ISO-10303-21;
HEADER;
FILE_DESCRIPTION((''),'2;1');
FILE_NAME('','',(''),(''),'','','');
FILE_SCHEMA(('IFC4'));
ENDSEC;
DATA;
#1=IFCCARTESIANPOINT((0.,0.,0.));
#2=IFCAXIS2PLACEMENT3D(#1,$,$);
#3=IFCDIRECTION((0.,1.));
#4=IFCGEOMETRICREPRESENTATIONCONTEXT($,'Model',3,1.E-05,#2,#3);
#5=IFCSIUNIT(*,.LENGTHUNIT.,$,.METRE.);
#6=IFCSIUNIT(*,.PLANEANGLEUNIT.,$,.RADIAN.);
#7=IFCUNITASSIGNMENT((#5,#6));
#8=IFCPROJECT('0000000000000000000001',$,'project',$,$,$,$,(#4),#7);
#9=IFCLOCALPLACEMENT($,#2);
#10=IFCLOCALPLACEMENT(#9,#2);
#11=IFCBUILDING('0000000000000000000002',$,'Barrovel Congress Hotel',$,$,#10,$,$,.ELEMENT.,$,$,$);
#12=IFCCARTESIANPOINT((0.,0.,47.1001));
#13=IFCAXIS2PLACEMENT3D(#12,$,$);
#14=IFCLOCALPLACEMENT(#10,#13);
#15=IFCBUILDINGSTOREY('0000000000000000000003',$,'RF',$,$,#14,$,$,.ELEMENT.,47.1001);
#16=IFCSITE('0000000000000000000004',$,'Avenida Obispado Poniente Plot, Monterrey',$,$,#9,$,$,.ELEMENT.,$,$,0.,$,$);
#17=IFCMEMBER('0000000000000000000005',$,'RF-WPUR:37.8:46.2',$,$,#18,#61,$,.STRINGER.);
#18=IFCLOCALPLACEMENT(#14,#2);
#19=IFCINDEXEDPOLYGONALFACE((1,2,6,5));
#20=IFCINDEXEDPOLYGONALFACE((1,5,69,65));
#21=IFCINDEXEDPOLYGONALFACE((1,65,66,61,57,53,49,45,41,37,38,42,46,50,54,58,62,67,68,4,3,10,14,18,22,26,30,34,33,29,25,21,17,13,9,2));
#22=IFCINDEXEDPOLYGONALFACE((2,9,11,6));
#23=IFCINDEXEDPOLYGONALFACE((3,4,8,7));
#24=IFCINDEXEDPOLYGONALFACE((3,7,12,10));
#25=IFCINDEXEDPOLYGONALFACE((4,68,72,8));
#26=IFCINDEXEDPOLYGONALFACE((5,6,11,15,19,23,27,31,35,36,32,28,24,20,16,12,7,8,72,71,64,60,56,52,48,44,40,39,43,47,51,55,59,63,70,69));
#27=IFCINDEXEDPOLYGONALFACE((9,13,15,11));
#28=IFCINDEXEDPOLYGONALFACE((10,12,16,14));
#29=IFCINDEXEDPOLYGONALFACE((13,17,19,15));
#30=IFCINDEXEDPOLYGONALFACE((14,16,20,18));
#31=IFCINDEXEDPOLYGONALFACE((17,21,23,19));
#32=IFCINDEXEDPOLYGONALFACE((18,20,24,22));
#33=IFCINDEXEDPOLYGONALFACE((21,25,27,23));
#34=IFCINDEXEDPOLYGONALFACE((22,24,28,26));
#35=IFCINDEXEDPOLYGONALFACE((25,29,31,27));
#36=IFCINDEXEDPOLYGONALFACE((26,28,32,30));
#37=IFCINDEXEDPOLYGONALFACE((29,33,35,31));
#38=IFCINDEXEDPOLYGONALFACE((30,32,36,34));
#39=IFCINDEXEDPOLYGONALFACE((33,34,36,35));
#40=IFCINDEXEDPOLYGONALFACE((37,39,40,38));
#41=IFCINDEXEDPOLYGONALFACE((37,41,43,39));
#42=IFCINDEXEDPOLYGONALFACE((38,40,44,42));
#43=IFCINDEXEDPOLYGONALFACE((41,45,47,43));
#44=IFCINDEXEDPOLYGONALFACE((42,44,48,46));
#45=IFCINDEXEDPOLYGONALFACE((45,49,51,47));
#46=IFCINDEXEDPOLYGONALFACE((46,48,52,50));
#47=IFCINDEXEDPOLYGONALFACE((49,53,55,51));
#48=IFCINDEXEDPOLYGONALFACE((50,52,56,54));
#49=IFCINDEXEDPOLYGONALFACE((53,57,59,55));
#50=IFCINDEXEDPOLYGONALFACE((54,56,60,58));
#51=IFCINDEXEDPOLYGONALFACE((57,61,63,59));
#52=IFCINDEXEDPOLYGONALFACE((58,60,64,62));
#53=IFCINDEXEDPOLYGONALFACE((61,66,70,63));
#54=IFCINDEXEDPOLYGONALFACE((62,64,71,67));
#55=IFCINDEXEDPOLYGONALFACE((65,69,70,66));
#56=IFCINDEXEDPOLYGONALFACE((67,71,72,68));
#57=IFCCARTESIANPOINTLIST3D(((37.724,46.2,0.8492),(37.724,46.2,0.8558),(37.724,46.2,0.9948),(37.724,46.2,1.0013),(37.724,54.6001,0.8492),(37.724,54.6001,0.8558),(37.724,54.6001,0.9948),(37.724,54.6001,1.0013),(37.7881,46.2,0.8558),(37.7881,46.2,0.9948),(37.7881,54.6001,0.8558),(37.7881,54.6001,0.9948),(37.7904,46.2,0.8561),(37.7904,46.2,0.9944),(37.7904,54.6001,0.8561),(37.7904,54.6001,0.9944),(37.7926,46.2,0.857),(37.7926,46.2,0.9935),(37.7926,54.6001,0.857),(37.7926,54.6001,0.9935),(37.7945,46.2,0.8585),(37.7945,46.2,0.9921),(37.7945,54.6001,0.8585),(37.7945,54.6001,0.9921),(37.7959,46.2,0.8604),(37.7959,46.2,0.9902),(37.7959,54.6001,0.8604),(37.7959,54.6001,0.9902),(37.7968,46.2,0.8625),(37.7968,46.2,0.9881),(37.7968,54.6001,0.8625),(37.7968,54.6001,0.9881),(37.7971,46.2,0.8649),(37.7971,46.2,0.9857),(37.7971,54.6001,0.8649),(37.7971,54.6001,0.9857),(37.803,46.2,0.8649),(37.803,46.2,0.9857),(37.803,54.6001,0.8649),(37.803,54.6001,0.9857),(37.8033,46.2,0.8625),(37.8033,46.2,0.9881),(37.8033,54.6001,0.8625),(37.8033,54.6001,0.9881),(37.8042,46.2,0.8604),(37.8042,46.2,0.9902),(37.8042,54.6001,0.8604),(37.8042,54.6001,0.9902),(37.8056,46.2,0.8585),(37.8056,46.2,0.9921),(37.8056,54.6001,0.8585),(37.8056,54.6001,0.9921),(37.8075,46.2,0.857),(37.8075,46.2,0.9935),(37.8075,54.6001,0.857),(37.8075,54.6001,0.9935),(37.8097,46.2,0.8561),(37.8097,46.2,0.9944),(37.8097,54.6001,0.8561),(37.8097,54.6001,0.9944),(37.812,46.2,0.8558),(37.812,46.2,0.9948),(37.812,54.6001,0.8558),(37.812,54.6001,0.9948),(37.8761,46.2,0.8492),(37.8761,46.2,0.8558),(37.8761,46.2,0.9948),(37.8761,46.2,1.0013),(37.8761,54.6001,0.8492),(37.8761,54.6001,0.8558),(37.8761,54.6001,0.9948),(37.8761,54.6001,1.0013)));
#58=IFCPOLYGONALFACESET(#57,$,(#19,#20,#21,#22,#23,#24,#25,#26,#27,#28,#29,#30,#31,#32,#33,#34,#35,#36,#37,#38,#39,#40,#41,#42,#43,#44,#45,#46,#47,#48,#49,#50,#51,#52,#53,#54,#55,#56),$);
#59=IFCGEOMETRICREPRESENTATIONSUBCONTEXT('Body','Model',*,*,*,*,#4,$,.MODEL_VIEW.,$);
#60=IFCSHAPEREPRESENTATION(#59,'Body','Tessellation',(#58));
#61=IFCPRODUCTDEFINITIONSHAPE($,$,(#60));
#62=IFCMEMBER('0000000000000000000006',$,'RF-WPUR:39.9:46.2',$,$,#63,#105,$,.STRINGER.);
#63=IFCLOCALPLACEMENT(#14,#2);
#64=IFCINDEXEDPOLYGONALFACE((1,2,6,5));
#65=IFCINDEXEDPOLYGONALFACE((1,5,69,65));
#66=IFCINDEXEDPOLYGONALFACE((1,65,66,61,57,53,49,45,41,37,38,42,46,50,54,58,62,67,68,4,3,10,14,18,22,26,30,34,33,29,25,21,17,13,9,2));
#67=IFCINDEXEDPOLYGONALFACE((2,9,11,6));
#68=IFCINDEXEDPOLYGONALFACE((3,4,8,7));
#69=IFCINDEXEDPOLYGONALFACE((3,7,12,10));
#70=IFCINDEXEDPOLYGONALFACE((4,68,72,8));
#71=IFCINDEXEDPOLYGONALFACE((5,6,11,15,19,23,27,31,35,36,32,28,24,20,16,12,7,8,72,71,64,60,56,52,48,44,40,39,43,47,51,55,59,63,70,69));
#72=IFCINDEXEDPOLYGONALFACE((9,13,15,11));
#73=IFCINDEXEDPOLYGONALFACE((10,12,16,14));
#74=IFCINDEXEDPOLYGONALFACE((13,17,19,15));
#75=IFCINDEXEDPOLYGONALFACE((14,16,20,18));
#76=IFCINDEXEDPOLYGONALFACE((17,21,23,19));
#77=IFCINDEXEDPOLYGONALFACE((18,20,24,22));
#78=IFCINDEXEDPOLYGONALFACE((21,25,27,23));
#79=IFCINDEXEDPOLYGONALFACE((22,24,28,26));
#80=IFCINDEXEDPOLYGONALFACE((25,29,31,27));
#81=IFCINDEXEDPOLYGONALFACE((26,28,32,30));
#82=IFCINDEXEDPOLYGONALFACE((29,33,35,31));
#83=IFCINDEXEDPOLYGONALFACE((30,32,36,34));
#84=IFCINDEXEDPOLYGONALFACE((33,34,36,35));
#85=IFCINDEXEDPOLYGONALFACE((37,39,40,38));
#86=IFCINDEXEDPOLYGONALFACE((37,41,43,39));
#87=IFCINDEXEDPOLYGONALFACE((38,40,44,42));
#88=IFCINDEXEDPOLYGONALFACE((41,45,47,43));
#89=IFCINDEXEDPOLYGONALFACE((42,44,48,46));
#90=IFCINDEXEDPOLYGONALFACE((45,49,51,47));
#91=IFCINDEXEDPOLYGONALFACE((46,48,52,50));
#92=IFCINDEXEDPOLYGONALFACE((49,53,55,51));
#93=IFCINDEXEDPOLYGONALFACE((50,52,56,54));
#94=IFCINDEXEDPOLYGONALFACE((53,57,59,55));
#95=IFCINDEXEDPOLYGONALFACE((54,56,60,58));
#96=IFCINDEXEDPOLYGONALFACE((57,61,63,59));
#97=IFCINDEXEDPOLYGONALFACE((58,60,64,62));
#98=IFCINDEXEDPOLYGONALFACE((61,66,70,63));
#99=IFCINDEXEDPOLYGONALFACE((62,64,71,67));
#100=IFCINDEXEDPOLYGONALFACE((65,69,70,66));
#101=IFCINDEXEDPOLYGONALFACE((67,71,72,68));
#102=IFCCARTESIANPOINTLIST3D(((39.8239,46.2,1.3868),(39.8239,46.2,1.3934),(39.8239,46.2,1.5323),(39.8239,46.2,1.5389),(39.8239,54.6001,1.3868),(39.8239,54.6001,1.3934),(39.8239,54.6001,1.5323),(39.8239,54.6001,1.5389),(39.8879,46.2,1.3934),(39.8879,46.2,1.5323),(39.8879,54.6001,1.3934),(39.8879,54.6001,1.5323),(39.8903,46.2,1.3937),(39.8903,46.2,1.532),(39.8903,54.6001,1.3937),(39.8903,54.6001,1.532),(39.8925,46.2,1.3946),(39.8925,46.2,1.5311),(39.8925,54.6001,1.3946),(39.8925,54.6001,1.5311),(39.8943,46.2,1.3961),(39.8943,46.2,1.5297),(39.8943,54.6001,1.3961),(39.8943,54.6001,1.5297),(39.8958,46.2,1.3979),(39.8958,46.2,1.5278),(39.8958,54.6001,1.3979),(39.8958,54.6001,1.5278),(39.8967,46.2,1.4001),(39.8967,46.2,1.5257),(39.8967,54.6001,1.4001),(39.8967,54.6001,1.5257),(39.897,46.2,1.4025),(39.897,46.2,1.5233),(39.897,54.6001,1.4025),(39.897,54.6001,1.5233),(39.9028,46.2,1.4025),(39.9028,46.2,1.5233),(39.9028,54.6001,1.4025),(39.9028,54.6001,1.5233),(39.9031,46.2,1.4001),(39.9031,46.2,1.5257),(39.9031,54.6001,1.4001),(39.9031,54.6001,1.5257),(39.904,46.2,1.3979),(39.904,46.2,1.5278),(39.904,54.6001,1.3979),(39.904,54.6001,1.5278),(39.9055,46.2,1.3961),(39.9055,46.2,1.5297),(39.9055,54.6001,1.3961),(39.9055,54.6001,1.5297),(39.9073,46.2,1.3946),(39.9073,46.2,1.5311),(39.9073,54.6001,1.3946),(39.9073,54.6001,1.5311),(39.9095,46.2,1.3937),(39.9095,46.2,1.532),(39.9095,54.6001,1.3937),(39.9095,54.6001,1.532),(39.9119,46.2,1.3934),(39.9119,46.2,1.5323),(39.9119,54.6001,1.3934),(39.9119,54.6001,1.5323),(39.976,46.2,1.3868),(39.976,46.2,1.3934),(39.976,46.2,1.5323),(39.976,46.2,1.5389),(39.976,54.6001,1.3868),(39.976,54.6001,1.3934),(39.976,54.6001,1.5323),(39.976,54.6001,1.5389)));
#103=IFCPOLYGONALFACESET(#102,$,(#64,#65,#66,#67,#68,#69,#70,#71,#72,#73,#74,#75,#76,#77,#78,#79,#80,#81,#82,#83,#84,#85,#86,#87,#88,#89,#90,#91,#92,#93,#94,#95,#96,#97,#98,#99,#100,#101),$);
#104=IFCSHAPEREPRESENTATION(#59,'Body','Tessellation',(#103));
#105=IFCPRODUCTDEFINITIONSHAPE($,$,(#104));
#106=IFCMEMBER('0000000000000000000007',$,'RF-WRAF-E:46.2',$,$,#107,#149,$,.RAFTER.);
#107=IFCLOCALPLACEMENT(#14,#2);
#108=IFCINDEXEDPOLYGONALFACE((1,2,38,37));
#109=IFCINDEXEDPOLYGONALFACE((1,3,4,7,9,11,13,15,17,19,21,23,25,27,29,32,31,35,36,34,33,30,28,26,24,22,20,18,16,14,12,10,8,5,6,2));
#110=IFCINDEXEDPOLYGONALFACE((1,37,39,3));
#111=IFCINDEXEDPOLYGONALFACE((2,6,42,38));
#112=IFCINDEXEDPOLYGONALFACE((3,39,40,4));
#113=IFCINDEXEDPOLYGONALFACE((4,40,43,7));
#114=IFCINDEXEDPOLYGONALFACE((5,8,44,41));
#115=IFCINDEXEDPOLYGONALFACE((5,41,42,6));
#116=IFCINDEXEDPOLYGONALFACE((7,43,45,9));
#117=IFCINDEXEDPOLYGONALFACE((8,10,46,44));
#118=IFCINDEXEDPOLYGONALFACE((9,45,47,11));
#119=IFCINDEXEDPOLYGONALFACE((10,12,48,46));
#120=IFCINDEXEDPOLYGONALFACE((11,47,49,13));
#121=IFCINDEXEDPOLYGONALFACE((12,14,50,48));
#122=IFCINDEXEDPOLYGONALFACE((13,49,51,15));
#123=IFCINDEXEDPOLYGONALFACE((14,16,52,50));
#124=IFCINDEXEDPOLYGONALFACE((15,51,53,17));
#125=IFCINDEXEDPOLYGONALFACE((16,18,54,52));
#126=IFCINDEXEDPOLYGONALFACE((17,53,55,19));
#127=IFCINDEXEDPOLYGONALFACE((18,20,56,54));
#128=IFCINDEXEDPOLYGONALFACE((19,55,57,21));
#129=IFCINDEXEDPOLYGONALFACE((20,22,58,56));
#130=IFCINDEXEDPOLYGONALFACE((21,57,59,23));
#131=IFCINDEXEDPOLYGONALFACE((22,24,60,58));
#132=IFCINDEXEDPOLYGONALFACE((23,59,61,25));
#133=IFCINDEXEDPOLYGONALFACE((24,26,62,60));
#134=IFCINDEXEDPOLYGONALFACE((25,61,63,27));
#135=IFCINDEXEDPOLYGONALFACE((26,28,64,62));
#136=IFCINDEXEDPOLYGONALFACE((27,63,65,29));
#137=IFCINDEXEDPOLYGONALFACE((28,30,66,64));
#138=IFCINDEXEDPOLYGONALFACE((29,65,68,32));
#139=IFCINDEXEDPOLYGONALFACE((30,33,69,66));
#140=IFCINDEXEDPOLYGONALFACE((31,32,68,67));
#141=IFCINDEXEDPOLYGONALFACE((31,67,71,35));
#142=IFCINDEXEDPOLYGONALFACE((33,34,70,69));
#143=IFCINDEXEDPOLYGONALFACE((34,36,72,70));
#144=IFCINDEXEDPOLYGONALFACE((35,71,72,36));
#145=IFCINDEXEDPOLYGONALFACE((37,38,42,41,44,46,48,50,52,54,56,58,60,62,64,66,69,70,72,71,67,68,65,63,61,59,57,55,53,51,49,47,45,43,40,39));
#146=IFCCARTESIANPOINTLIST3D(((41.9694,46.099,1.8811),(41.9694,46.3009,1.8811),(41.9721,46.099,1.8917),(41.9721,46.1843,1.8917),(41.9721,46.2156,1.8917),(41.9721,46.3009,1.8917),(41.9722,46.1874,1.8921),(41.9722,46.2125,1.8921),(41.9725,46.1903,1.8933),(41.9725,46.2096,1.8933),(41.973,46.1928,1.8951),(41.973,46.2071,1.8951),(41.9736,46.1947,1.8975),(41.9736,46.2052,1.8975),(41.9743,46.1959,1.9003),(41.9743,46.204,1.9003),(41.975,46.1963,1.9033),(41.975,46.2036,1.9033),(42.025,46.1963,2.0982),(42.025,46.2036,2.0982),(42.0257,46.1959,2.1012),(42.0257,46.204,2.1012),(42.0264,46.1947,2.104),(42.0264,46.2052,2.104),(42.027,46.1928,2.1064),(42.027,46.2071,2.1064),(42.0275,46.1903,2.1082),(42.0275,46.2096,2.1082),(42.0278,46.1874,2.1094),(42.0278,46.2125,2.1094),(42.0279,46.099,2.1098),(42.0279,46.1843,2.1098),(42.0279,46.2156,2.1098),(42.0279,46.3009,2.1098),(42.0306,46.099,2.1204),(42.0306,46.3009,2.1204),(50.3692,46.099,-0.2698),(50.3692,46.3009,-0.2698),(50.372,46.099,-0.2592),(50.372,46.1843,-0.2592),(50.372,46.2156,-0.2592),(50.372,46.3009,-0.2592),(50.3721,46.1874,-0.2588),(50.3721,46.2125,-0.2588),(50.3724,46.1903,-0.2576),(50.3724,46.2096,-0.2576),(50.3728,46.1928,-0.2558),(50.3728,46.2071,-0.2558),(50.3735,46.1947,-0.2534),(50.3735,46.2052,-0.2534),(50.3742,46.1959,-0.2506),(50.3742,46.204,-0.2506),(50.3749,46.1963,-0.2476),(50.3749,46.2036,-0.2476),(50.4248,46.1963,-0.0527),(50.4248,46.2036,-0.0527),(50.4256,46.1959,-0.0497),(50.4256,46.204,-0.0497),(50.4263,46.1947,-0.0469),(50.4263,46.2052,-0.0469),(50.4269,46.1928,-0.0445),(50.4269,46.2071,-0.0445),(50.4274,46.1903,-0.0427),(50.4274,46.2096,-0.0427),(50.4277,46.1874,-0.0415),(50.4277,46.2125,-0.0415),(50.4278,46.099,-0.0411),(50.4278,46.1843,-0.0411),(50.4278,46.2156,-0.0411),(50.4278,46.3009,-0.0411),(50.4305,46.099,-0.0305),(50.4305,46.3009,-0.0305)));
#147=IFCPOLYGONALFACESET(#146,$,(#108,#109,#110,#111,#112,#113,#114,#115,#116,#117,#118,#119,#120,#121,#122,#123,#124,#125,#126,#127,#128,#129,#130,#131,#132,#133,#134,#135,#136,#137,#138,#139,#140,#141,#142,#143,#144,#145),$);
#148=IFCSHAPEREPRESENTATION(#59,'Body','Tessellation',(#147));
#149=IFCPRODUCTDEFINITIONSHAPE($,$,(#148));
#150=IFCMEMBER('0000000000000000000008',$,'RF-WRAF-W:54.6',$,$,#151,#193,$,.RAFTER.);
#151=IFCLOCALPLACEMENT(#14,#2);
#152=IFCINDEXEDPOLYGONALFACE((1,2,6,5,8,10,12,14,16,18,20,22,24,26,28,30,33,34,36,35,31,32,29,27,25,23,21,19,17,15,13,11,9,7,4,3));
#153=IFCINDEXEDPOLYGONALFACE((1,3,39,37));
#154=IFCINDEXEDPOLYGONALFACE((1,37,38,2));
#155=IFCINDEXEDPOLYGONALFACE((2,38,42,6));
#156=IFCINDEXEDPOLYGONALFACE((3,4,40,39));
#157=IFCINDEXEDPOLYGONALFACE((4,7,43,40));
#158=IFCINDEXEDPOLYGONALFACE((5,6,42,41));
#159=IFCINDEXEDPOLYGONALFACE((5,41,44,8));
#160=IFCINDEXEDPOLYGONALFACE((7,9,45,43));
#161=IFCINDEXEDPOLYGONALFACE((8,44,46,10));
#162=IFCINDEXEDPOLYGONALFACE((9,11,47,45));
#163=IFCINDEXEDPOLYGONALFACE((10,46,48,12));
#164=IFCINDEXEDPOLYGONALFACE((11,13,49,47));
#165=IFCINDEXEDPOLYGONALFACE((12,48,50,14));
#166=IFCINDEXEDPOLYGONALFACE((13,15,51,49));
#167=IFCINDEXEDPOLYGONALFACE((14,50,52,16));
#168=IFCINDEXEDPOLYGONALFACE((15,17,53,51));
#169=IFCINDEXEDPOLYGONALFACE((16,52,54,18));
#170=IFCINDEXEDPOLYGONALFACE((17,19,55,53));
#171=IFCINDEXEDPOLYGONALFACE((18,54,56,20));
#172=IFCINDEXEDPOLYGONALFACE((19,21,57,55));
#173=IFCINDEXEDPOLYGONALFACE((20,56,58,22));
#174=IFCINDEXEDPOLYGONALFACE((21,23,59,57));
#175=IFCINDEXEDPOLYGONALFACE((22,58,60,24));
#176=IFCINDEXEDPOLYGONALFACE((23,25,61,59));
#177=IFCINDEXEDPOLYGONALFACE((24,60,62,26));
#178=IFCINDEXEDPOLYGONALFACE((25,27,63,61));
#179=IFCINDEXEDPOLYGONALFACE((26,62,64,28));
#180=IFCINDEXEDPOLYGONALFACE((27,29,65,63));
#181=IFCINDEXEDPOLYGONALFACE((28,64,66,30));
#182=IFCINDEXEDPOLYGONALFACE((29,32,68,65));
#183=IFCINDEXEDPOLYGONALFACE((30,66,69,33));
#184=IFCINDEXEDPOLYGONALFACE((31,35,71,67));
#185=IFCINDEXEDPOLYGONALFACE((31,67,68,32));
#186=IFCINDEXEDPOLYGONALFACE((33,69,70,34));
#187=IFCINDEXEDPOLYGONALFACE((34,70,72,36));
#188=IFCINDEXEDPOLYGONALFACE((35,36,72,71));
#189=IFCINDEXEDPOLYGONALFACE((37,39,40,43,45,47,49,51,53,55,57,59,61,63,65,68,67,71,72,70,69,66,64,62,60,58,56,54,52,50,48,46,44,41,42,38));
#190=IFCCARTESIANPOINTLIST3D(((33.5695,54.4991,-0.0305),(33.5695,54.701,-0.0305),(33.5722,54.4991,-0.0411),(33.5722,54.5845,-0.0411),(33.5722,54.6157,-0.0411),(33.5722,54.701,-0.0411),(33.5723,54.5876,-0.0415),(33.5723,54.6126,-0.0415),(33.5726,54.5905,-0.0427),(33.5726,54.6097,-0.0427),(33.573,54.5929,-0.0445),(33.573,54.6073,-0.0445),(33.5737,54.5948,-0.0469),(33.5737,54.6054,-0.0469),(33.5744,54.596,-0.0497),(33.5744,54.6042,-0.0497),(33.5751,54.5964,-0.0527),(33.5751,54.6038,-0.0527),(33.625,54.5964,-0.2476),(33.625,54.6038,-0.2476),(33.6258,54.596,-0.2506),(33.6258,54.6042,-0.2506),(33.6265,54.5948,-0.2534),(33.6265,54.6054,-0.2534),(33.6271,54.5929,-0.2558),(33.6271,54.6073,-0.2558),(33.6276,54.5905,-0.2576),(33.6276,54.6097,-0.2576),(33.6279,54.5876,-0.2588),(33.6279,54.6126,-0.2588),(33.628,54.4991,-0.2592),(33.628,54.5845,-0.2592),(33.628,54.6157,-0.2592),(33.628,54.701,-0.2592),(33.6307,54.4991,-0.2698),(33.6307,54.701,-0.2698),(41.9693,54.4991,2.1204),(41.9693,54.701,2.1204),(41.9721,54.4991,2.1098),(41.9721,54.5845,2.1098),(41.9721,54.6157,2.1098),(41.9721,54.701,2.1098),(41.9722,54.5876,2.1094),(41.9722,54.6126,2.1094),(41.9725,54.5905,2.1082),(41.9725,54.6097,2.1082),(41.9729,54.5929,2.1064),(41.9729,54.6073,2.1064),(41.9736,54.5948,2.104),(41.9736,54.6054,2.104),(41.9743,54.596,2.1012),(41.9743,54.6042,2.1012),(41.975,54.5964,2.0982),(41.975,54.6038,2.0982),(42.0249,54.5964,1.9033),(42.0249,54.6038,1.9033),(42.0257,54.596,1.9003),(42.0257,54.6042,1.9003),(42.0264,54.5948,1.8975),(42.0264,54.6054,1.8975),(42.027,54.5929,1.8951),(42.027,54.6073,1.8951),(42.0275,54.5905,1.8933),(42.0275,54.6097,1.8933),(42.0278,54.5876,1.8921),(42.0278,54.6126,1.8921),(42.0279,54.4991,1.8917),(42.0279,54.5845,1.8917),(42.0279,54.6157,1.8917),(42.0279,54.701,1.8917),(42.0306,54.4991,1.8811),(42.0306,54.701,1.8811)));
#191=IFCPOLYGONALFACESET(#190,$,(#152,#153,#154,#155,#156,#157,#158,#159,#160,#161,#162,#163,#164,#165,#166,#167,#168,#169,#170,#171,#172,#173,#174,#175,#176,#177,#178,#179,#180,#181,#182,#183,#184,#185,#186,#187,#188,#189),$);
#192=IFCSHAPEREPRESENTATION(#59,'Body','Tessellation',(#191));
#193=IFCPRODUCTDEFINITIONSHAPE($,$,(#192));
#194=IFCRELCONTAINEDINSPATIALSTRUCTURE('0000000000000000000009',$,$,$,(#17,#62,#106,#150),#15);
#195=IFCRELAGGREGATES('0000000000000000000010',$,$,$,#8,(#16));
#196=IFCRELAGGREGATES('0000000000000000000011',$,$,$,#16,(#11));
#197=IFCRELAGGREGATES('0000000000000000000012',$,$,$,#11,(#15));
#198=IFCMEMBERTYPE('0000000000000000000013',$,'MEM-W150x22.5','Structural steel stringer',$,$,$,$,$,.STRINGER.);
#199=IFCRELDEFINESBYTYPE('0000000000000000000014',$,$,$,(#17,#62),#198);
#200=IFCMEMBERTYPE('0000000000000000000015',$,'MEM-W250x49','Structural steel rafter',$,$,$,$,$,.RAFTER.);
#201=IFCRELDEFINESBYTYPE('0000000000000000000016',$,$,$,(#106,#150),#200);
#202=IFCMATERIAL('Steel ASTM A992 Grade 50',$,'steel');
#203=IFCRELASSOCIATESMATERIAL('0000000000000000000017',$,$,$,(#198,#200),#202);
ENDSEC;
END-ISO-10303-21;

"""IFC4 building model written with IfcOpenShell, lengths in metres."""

from ifc_helpers import new_model, si_unit, direction, frame, origin, origin_2d, place, context, subcontext, project, spatial, i_section, extrude, material, material_profile, profile_set, type_object, element, save


model = new_model("IFC4")

# Units and contexts
model_context = context("Model", 3, precision=1e-05, world=origin(), true_north=direction((0.0, 1.0)))
body_context = subcontext(model_context, "Body", "Model", "MODEL_VIEW")
ifc_project = project(units=[si_unit("LENGTHUNIT", "METRE"), si_unit("PLANEANGLEUNIT", "RADIAN")], contexts=[model_context])

# Site, building, storey
site_placement = place(None, origin())
site = spatial("IfcSite", under=ifc_project, at=site_placement, Name="Avenida Obispado Poniente Plot, Monterrey", CompositionType="ELEMENT", RefElevation=0.0)
building_placement = place(site_placement, origin())
building = spatial("IfcBuilding", under=site, at=building_placement, Name="Barrovel Congress Hotel", CompositionType="ELEMENT")
storey_placement = place(building_placement, frame((0.0, 0.0, 47.1001)))
storey = spatial("IfcBuildingStorey", under=building, at=storey_placement, Name="RF", CompositionType="ELEMENT", Elevation=47.1001)

# Members
ifc_material_1 = material(Name="Steel ASTM A992 Grade 50", Category="steel")
ifc_material_profile_1 = material_profile(ifc_material_1, i_section(OverallWidth=0.1521, OverallDepth=0.1521, WebThickness=0.0059, FlangeThickness=0.0066, FilletRadius=0.009, at=origin_2d()), Name="W150x22.5")
ifc_profile_set_1 = profile_set([ifc_material_profile_1], Name="Steel ASTM A992 Grade 50")
member_type_1 = type_object("IfcMemberType", Name="MEM-W150x22.5", Description="Structural steel stringer", PredefinedType="STRINGER", material=ifc_profile_set_1)
for number, where, z_axis, x_axis, name in (
    (1, (37.8, 46.2, 0.9253), (0.0, 1.0, 0.0), (-1.0, 0.0, 0.0), "RF-WPUR:37.8:46.2"),
    (2, (39.8999, 46.2, 1.4629), (0.0, 1.0, 0.0), (-1.0, 0.0, 0.0), "RF-WPUR:39.9:46.2"),
):
    element("IfcMember", number, at=place(storey_placement, frame(where, z_axis=z_axis, x_axis=x_axis)), inside=storey, type_object=member_type_1, Name=name, PredefinedType="STRINGER", context=body_context, shape_type="SweptSolid", body=[
        extrude(i_section(OverallWidth=0.1521, OverallDepth=0.1521, WebThickness=0.0059, FlangeThickness=0.0066, FilletRadius=0.009, at=origin_2d()), origin(), (0.0, 0.0, 1.0), 8.4001),
    ])
ifc_material_profile_2 = material_profile(ifc_material_1, i_section(OverallWidth=0.2019, OverallDepth=0.2471, WebThickness=0.0073, FlangeThickness=0.011, FilletRadius=0.012, at=origin_2d()), Name="W250x49")
ifc_profile_set_2 = profile_set([ifc_material_profile_2], Name="Steel ASTM A992 Grade 50")
member_type_2 = type_object("IfcMemberType", Name="MEM-W250x49", Description="Structural steel rafter", PredefinedType="RAFTER", material=ifc_profile_set_2)
for number, where, z_axis, x_axis, name in (
    (3, (42.0, 46.2, 2.0007), (0.968745, 0.0, -0.248057), (0.0, 1.0, 0.0), "RF-WRAF-E:46.2"),
    (4, (33.6001, 54.6001, -0.1501), (0.968745, 0.0, 0.248057), (0.0, 1.0, 0.0), "RF-WRAF-W:54.6"),
):
    element("IfcMember", number, at=place(storey_placement, frame(where, z_axis=z_axis, x_axis=x_axis)), inside=storey, type_object=member_type_2, Name=name, PredefinedType="RAFTER", context=body_context, shape_type="SweptSolid", body=[
        extrude(i_section(OverallWidth=0.2019, OverallDepth=0.2471, WebThickness=0.0073, FlangeThickness=0.011, FilletRadius=0.012, at=origin_2d()), origin(), (0.0, 0.0, 1.0), 8.6709),
    ])

save(model, "model.ifc")
